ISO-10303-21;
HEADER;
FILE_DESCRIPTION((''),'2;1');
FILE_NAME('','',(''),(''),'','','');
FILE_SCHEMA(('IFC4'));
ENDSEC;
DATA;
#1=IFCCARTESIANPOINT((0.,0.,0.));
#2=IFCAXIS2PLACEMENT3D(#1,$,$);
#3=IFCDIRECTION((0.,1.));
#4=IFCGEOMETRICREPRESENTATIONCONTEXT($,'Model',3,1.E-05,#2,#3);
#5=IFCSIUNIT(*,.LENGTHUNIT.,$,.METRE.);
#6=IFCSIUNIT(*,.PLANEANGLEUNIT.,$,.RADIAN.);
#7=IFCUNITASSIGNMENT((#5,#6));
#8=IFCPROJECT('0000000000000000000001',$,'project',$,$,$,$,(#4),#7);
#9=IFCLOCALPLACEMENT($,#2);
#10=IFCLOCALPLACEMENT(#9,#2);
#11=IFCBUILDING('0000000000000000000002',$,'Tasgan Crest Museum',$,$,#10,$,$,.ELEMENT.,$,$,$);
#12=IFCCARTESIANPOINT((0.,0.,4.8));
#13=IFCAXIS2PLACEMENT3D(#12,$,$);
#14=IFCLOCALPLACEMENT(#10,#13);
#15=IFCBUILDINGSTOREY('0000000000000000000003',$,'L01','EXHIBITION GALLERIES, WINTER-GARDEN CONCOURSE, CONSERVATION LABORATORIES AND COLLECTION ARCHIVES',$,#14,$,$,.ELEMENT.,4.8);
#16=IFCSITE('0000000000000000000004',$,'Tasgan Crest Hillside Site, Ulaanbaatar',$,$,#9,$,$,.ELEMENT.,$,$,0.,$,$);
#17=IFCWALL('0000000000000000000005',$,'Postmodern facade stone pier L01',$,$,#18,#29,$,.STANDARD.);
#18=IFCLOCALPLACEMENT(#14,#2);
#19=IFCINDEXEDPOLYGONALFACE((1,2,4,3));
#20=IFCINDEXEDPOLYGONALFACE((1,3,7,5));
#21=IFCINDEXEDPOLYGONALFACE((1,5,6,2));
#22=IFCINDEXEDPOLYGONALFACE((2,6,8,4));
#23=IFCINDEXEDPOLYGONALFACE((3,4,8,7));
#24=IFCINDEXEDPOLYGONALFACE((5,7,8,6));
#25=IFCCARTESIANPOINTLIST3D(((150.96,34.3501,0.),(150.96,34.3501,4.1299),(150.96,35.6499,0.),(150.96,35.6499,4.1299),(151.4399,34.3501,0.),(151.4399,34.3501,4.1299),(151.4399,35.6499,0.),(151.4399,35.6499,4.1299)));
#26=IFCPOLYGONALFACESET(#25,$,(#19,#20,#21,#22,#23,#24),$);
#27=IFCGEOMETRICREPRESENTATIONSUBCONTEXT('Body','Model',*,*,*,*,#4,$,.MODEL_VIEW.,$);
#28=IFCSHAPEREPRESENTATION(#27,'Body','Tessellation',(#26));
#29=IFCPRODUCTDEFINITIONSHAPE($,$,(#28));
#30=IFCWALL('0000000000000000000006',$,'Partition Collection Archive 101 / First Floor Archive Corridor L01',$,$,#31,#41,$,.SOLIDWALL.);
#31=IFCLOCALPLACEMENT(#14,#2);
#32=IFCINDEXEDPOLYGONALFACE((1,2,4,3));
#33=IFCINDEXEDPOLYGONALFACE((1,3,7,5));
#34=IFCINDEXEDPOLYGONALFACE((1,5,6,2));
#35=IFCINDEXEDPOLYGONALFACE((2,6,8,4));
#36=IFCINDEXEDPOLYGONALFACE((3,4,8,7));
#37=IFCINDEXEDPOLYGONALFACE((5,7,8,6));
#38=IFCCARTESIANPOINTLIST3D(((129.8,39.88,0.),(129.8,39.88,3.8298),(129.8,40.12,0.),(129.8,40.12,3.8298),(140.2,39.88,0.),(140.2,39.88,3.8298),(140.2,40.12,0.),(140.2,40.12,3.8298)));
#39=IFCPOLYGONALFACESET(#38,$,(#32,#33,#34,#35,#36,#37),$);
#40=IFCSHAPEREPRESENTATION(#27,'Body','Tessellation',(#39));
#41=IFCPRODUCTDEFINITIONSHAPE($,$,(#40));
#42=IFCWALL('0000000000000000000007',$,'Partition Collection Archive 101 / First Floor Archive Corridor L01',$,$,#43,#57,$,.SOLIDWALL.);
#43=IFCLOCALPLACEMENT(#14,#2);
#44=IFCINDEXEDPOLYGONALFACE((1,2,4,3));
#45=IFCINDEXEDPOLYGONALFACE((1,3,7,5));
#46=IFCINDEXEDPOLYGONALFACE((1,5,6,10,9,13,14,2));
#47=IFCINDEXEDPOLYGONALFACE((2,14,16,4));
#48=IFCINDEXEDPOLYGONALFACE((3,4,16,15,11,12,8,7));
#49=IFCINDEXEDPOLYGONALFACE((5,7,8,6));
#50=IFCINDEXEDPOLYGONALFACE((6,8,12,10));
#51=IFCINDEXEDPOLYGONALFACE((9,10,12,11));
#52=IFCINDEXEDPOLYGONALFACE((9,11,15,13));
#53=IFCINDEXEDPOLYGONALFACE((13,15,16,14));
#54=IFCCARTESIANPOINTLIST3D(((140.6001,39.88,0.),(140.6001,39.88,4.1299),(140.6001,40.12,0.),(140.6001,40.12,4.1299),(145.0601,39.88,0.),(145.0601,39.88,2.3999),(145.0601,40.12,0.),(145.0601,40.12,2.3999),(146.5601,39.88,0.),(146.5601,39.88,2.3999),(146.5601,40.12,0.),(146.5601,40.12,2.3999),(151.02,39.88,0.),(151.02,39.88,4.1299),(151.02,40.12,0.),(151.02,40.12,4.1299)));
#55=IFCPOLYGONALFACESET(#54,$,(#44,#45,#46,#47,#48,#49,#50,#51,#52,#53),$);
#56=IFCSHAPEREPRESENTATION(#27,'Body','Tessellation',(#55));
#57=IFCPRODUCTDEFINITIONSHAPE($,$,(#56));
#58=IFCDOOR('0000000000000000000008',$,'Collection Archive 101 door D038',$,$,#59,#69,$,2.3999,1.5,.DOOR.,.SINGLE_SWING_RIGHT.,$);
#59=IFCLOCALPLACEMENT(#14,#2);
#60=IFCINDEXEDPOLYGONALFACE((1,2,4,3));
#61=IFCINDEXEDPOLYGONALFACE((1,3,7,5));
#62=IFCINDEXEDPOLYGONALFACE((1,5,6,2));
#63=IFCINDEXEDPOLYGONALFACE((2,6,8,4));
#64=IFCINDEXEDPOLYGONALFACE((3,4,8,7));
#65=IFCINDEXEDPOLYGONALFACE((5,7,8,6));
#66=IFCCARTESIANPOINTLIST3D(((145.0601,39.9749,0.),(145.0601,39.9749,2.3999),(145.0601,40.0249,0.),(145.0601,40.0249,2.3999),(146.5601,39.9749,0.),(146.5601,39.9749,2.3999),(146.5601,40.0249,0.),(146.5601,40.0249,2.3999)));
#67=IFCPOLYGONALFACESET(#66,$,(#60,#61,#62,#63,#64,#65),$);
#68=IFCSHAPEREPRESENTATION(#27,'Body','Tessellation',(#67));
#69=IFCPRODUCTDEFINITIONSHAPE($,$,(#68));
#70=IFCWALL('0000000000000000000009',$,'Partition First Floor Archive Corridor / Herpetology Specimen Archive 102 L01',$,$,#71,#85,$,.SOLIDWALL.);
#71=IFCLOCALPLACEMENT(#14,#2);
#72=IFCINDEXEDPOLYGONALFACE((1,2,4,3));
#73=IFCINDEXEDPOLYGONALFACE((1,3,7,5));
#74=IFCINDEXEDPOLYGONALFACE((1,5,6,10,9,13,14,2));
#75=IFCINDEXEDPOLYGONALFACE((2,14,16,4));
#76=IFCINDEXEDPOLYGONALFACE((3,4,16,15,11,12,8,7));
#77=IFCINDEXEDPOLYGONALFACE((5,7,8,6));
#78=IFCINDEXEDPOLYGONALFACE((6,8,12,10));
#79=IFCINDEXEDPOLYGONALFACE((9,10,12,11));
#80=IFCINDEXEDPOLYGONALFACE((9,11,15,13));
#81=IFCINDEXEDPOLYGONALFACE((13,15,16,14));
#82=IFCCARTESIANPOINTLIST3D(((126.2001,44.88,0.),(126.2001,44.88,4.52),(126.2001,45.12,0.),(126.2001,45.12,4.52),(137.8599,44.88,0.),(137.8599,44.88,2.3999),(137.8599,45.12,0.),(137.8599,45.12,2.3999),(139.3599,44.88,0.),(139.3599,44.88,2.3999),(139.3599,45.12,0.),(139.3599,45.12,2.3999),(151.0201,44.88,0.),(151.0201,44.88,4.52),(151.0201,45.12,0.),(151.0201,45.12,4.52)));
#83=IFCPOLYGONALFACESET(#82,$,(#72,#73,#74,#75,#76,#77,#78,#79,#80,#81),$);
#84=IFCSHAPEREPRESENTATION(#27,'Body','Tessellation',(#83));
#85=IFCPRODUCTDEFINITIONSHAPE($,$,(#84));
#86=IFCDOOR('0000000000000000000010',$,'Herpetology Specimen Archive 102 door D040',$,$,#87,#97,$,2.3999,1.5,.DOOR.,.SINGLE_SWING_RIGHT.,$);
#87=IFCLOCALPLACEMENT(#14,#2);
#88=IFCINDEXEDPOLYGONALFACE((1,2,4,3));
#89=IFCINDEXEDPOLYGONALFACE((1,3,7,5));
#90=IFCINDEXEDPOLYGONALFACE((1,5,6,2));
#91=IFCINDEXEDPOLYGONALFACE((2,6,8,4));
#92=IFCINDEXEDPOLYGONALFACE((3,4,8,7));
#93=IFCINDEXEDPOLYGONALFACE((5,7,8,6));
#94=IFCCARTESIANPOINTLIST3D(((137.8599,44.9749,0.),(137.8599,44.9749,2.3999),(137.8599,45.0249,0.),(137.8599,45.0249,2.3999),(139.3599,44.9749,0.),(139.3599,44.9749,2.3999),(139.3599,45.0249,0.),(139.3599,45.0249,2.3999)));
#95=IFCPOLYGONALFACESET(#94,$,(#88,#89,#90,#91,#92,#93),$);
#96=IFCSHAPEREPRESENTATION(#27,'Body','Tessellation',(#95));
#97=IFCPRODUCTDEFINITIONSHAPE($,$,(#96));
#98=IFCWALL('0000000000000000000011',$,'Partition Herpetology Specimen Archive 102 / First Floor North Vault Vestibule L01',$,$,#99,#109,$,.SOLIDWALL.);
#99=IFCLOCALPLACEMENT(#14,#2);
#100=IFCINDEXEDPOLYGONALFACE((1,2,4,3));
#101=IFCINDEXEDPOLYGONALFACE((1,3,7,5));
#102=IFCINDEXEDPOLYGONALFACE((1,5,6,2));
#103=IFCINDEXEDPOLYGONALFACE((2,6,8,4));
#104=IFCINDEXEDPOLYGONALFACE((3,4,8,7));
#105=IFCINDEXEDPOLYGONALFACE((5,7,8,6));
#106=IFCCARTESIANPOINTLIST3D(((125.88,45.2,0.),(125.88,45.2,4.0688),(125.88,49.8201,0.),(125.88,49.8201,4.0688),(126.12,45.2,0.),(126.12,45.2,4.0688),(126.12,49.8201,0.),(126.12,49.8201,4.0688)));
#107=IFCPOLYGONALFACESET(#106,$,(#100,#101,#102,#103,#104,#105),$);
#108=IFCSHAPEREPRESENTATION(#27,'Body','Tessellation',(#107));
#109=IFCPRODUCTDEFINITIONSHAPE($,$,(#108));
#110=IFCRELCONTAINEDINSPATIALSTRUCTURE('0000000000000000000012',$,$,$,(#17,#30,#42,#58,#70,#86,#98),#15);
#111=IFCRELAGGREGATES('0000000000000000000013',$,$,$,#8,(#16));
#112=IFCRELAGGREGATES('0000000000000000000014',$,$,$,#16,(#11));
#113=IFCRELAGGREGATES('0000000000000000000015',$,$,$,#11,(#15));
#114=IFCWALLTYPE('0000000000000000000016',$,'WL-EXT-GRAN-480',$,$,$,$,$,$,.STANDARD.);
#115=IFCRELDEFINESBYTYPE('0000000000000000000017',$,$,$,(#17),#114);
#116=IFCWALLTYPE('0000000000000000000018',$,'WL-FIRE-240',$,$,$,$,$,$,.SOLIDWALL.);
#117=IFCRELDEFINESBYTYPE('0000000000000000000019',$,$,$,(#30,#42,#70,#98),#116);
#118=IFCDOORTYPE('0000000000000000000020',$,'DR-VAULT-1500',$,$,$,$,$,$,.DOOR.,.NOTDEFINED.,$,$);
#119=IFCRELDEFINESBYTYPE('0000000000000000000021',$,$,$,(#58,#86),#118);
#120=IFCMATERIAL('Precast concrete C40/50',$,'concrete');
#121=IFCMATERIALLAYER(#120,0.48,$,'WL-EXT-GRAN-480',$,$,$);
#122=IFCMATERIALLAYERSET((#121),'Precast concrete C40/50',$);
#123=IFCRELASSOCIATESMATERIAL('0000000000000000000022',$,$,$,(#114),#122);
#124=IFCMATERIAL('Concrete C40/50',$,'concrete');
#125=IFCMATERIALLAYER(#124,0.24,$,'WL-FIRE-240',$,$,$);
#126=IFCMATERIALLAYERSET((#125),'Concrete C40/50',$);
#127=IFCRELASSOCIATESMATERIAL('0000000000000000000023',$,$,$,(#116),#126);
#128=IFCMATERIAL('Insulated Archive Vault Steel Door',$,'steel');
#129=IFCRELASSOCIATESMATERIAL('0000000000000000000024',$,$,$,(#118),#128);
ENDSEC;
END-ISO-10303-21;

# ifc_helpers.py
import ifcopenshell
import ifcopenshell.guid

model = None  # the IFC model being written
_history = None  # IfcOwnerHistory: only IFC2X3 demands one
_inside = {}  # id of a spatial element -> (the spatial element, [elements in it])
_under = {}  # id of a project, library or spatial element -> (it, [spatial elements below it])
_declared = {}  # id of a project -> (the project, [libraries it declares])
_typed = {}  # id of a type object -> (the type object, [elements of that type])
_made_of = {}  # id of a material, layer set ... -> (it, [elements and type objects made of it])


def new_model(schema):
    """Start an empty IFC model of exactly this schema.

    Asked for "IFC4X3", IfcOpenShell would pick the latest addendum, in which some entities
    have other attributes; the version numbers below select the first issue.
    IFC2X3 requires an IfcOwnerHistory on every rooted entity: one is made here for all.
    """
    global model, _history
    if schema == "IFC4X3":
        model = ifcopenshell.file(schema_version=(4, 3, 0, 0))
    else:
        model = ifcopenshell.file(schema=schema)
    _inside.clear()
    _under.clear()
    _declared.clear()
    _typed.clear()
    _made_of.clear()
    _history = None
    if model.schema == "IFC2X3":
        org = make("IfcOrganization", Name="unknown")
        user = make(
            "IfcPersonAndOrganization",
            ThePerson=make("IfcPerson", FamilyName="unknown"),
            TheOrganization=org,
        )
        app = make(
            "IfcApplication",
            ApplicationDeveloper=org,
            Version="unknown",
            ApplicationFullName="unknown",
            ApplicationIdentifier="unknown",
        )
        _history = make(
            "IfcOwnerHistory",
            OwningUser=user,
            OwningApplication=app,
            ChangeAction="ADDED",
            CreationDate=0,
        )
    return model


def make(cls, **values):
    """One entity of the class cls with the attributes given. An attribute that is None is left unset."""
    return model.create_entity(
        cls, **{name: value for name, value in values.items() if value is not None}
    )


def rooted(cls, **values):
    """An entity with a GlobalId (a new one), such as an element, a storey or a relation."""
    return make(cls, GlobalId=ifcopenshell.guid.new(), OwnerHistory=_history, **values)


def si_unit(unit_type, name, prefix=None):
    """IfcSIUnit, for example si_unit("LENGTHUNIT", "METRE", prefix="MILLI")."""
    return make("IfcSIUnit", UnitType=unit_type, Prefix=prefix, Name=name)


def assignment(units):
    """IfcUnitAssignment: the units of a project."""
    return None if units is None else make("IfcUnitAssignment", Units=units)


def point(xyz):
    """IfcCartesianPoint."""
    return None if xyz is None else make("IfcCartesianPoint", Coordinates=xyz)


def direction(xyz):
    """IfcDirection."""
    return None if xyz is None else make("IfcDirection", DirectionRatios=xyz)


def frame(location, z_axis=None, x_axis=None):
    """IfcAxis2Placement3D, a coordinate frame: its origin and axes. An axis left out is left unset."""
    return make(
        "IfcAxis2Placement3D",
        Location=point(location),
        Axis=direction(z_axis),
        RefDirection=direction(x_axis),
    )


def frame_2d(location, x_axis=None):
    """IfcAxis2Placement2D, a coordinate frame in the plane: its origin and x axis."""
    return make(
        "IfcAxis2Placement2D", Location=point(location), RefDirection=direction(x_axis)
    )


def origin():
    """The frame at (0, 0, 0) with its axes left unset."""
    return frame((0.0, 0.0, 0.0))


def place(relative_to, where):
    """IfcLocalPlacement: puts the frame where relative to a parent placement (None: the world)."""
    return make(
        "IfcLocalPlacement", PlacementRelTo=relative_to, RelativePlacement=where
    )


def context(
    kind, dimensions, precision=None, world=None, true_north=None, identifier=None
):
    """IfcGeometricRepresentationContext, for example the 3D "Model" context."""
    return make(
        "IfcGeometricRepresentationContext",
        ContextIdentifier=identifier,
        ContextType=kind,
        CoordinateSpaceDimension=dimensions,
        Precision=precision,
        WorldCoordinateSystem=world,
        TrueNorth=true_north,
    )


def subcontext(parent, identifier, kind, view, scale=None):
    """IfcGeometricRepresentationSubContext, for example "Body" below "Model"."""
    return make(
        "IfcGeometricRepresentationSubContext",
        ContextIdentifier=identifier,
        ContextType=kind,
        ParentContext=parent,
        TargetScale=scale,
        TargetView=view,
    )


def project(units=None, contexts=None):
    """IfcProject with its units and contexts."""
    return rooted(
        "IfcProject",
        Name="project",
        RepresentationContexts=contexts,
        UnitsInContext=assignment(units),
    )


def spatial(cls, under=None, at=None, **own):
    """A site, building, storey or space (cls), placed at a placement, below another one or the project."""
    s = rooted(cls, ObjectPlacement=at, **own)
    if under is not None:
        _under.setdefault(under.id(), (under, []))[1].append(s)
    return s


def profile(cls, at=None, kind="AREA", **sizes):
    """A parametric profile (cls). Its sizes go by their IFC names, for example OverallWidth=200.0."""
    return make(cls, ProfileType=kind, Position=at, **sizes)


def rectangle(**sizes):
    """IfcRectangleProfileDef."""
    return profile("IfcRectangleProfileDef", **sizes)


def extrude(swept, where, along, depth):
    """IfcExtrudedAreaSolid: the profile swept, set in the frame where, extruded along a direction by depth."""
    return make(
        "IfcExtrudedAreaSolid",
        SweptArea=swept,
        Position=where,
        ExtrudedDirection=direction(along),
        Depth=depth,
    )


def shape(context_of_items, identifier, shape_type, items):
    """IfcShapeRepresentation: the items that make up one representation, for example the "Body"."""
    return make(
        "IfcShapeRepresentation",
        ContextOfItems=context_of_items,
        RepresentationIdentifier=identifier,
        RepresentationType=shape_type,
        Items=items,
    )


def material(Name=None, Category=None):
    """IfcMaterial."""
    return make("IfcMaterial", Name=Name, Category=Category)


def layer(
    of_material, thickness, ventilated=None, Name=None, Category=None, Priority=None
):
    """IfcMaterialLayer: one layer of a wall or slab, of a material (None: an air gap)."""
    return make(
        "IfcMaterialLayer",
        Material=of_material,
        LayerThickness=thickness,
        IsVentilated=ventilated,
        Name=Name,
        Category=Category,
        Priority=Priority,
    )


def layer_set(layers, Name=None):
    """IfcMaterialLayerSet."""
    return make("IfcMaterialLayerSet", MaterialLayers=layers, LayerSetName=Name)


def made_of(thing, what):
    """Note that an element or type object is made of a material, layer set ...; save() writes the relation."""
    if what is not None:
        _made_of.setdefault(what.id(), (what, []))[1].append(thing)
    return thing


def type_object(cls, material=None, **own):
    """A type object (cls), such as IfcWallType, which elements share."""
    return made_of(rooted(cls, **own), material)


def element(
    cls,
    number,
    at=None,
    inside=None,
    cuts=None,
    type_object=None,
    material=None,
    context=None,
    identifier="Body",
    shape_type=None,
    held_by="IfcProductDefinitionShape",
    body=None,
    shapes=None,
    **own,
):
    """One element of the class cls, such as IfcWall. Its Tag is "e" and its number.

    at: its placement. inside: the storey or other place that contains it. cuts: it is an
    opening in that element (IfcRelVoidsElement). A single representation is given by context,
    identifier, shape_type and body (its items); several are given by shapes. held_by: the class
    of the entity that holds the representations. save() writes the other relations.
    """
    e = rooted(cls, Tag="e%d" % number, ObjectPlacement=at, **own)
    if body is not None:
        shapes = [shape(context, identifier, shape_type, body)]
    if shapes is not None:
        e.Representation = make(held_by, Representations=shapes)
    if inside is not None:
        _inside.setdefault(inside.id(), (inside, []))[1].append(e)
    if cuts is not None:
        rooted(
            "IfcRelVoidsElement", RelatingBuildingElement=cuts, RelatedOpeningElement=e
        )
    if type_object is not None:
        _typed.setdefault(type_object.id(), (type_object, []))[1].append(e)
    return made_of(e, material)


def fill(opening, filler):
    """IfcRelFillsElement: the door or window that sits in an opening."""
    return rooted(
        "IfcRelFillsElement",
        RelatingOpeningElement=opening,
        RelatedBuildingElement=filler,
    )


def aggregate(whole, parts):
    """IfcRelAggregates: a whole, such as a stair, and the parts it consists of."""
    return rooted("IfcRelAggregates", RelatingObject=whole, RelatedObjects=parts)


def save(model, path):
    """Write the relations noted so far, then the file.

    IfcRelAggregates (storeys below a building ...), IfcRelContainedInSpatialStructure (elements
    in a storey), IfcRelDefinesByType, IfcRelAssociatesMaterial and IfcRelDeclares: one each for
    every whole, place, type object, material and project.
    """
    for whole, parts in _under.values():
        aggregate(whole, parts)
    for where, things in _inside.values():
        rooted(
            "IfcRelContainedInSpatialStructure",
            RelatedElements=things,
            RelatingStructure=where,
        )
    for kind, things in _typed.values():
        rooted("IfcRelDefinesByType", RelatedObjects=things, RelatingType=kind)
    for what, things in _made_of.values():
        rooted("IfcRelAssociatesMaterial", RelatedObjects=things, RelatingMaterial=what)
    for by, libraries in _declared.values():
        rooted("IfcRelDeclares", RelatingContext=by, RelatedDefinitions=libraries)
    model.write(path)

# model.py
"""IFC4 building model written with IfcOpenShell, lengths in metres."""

from ifc_helpers import new_model, si_unit, direction, frame, frame_2d, origin, place, context, subcontext, project, spatial, rectangle, extrude, material, layer, layer_set, type_object, element, fill, save


model = new_model("IFC4")

# Units and contexts
model_context = context("Model", 3, precision=1e-05, world=origin(), true_north=direction((0.0, 1.0)))
body_context = subcontext(model_context, "Body", "Model", "MODEL_VIEW")
ifc_project = project(units=[si_unit("LENGTHUNIT", "METRE"), si_unit("PLANEANGLEUNIT", "RADIAN")], contexts=[model_context])

# Site, building, storey
site_placement = place(None, origin())
site = spatial("IfcSite", under=ifc_project, at=site_placement, Name="Tasgan Crest Hillside Site, Ulaanbaatar", CompositionType="ELEMENT", RefElevation=0.0)
building_placement = place(site_placement, origin())
building = spatial("IfcBuilding", under=site, at=building_placement, Name="Tasgan Crest Museum", CompositionType="ELEMENT")
storey_placement = place(building_placement, frame((0.0, 0.0, 4.8)))
storey = spatial("IfcBuildingStorey", under=building, at=storey_placement, Name="L01", Description="EXHIBITION GALLERIES, WINTER-GARDEN CONCOURSE, CONSERVATION LABORATORIES AND COLLECTION ARCHIVES", CompositionType="ELEMENT", Elevation=4.8)

# Walls
ifc_material_1 = material(Name="Precast concrete C40/50", Category="concrete")
ifc_layer_1 = layer(ifc_material_1, 0.48, Name="WL-EXT-GRAN-480")
ifc_layer_set_1 = layer_set([ifc_layer_1], Name="Precast concrete C40/50")
wall_type_1 = type_object("IfcWallType", Name="WL-EXT-GRAN-480", PredefinedType="STANDARD", material=ifc_layer_set_1)
wall_1_placement = place(storey_placement, frame((151.2, 34.3501, 0.0), z_axis=(0.0, 0.0, 1.0), x_axis=(0.0, 1.0, 0.0)))
element("IfcWall", 1, at=wall_1_placement, inside=storey, type_object=wall_type_1, Name="Postmodern facade stone pier L01", PredefinedType="STANDARD", context=body_context, shape_type="SweptSolid", body=[
    extrude(rectangle(XDim=1.2998, YDim=0.48, at=frame_2d((0.6499, 0.0))), origin(), (0.0, 0.0, 1.0), 4.1299),
])
ifc_material_2 = material(Name="Concrete C40/50", Category="concrete")
ifc_layer_2 = layer(ifc_material_2, 0.24, Name="WL-FIRE-240")
ifc_layer_set_2 = layer_set([ifc_layer_2], Name="Concrete C40/50")
wall_type_2 = type_object("IfcWallType", Name="WL-FIRE-240", PredefinedType="SOLIDWALL", material=ifc_layer_set_2)
wall_2_placement = place(storey_placement, frame((129.8, 40.0, 0.0), z_axis=(0.0, 0.0, 1.0), x_axis=(1.0, 0.0, 0.0)))
element("IfcWall", 2, at=wall_2_placement, inside=storey, type_object=wall_type_2, Name="Partition Collection Archive 101 / First Floor Archive Corridor L01", PredefinedType="SOLIDWALL", context=body_context, shape_type="SweptSolid", body=[
    extrude(rectangle(XDim=10.3999, YDim=0.24, at=frame_2d((5.2, 0.0))), origin(), (0.0, 0.0, 1.0), 3.8298),
])

# Walls, openings, doors
wall_3_placement = place(storey_placement, frame((140.6001, 40.0, 0.0), z_axis=(0.0, 0.0, 1.0), x_axis=(1.0, 0.0, 0.0)))
wall_3 = element("IfcWall", 3, at=wall_3_placement, inside=storey, type_object=wall_type_2, Name="Partition Collection Archive 101 / First Floor Archive Corridor L01", PredefinedType="SOLIDWALL", context=body_context, shape_type="SweptSolid", body=[
    extrude(rectangle(XDim=10.4199, YDim=0.24, at=frame_2d((5.21, 0.0))), origin(), (0.0, 0.0, 1.0), 4.1299),
])
opening_1_placement = place(wall_3_placement, frame((4.46, 0.0, 0.0)))
opening_1 = element("IfcOpeningElement", 4, at=opening_1_placement, cuts=wall_3, PredefinedType="OPENING", context=body_context, shape_type="SweptSolid", body=[
    extrude(rectangle(XDim=1.5, YDim=2.3999, at=frame_2d((0.75, 1.2))), frame((0.0, 0.1299, 0.0), z_axis=(0.0, -1.0, 0.0), x_axis=(1.0, 0.0, 0.0)), (0.0, 0.0, 1.0), 0.26),
])
ifc_material_3 = material(Name="Insulated Archive Vault Steel Door", Category="steel")
door_type = type_object("IfcDoorType", Name="DR-VAULT-1500", OperationType="NOTDEFINED", PredefinedType="DOOR", material=ifc_material_3)
door_1_placement = place(opening_1_placement, origin())
door_1 = element("IfcDoor", 5, at=door_1_placement, inside=storey, type_object=door_type, Name="Collection Archive 101 door D038", OperationType="SINGLE_SWING_RIGHT", OverallHeight=2.3999, OverallWidth=1.5, PredefinedType="DOOR", context=body_context, shape_type="SweptSolid", body=[
    extrude(rectangle(XDim=1.5, YDim=2.3999, at=frame_2d((0.75, 1.2))), frame((0.0, 0.0249, 0.0), z_axis=(0.0, -1.0, 0.0), x_axis=(1.0, 0.0, 0.0)), (0.0, 0.0, 1.0), 0.05),
])
fill(opening_1, door_1)
wall_4_placement = place(storey_placement, frame((126.2, 45.0, 0.0), z_axis=(0.0, 0.0, 1.0), x_axis=(1.0, 0.0, 0.0)))
wall_4 = element("IfcWall", 6, at=wall_4_placement, inside=storey, type_object=wall_type_2, Name="Partition First Floor Archive Corridor / Herpetology Specimen Archive 102 L01", PredefinedType="SOLIDWALL", context=body_context, shape_type="SweptSolid", body=[
    extrude(rectangle(XDim=24.8201, YDim=0.24, at=frame_2d((12.4102, 0.0))), origin(), (0.0, 0.0, 1.0), 4.52),
])
opening_2_placement = place(wall_4_placement, frame((11.6599, 0.0, 0.0)))
opening_2 = element("IfcOpeningElement", 7, at=opening_2_placement, cuts=wall_4, PredefinedType="OPENING", context=body_context, shape_type="SweptSolid", body=[
    extrude(rectangle(XDim=1.5, YDim=2.3999, at=frame_2d((0.75, 1.2))), frame((0.0, 0.1299, 0.0), z_axis=(0.0, -1.0, 0.0), x_axis=(1.0, 0.0, 0.0)), (0.0, 0.0, 1.0), 0.26),
])
door_2_placement = place(opening_2_placement, origin())
door_2 = element("IfcDoor", 8, at=door_2_placement, inside=storey, type_object=door_type, Name="Herpetology Specimen Archive 102 door D040", OperationType="SINGLE_SWING_RIGHT", OverallHeight=2.3999, OverallWidth=1.5, PredefinedType="DOOR", context=body_context, shape_type="SweptSolid", body=[
    extrude(rectangle(XDim=1.5, YDim=2.3999, at=frame_2d((0.75, 1.2))), frame((0.0, 0.0249, 0.0), z_axis=(0.0, -1.0, 0.0), x_axis=(1.0, 0.0, 0.0)), (0.0, 0.0, 1.0), 0.05),
])
fill(opening_2, door_2)

# Wall
wall_5_placement = place(storey_placement, frame((126.0, 45.2, 0.0), z_axis=(0.0, 0.0, 1.0), x_axis=(0.0, 1.0, 0.0)))
element("IfcWall", 9, at=wall_5_placement, inside=storey, type_object=wall_type_2, Name="Partition Herpetology Specimen Archive 102 / First Floor North Vault Vestibule L01", PredefinedType="SOLIDWALL", context=body_context, shape_type="SweptSolid", body=[
    extrude(rectangle(XDim=4.6201, YDim=0.24, at=frame_2d((2.3101, 0.0))), origin(), (0.0, 0.0, 1.0), 4.0688),
])

save(model, "model.ifc")
